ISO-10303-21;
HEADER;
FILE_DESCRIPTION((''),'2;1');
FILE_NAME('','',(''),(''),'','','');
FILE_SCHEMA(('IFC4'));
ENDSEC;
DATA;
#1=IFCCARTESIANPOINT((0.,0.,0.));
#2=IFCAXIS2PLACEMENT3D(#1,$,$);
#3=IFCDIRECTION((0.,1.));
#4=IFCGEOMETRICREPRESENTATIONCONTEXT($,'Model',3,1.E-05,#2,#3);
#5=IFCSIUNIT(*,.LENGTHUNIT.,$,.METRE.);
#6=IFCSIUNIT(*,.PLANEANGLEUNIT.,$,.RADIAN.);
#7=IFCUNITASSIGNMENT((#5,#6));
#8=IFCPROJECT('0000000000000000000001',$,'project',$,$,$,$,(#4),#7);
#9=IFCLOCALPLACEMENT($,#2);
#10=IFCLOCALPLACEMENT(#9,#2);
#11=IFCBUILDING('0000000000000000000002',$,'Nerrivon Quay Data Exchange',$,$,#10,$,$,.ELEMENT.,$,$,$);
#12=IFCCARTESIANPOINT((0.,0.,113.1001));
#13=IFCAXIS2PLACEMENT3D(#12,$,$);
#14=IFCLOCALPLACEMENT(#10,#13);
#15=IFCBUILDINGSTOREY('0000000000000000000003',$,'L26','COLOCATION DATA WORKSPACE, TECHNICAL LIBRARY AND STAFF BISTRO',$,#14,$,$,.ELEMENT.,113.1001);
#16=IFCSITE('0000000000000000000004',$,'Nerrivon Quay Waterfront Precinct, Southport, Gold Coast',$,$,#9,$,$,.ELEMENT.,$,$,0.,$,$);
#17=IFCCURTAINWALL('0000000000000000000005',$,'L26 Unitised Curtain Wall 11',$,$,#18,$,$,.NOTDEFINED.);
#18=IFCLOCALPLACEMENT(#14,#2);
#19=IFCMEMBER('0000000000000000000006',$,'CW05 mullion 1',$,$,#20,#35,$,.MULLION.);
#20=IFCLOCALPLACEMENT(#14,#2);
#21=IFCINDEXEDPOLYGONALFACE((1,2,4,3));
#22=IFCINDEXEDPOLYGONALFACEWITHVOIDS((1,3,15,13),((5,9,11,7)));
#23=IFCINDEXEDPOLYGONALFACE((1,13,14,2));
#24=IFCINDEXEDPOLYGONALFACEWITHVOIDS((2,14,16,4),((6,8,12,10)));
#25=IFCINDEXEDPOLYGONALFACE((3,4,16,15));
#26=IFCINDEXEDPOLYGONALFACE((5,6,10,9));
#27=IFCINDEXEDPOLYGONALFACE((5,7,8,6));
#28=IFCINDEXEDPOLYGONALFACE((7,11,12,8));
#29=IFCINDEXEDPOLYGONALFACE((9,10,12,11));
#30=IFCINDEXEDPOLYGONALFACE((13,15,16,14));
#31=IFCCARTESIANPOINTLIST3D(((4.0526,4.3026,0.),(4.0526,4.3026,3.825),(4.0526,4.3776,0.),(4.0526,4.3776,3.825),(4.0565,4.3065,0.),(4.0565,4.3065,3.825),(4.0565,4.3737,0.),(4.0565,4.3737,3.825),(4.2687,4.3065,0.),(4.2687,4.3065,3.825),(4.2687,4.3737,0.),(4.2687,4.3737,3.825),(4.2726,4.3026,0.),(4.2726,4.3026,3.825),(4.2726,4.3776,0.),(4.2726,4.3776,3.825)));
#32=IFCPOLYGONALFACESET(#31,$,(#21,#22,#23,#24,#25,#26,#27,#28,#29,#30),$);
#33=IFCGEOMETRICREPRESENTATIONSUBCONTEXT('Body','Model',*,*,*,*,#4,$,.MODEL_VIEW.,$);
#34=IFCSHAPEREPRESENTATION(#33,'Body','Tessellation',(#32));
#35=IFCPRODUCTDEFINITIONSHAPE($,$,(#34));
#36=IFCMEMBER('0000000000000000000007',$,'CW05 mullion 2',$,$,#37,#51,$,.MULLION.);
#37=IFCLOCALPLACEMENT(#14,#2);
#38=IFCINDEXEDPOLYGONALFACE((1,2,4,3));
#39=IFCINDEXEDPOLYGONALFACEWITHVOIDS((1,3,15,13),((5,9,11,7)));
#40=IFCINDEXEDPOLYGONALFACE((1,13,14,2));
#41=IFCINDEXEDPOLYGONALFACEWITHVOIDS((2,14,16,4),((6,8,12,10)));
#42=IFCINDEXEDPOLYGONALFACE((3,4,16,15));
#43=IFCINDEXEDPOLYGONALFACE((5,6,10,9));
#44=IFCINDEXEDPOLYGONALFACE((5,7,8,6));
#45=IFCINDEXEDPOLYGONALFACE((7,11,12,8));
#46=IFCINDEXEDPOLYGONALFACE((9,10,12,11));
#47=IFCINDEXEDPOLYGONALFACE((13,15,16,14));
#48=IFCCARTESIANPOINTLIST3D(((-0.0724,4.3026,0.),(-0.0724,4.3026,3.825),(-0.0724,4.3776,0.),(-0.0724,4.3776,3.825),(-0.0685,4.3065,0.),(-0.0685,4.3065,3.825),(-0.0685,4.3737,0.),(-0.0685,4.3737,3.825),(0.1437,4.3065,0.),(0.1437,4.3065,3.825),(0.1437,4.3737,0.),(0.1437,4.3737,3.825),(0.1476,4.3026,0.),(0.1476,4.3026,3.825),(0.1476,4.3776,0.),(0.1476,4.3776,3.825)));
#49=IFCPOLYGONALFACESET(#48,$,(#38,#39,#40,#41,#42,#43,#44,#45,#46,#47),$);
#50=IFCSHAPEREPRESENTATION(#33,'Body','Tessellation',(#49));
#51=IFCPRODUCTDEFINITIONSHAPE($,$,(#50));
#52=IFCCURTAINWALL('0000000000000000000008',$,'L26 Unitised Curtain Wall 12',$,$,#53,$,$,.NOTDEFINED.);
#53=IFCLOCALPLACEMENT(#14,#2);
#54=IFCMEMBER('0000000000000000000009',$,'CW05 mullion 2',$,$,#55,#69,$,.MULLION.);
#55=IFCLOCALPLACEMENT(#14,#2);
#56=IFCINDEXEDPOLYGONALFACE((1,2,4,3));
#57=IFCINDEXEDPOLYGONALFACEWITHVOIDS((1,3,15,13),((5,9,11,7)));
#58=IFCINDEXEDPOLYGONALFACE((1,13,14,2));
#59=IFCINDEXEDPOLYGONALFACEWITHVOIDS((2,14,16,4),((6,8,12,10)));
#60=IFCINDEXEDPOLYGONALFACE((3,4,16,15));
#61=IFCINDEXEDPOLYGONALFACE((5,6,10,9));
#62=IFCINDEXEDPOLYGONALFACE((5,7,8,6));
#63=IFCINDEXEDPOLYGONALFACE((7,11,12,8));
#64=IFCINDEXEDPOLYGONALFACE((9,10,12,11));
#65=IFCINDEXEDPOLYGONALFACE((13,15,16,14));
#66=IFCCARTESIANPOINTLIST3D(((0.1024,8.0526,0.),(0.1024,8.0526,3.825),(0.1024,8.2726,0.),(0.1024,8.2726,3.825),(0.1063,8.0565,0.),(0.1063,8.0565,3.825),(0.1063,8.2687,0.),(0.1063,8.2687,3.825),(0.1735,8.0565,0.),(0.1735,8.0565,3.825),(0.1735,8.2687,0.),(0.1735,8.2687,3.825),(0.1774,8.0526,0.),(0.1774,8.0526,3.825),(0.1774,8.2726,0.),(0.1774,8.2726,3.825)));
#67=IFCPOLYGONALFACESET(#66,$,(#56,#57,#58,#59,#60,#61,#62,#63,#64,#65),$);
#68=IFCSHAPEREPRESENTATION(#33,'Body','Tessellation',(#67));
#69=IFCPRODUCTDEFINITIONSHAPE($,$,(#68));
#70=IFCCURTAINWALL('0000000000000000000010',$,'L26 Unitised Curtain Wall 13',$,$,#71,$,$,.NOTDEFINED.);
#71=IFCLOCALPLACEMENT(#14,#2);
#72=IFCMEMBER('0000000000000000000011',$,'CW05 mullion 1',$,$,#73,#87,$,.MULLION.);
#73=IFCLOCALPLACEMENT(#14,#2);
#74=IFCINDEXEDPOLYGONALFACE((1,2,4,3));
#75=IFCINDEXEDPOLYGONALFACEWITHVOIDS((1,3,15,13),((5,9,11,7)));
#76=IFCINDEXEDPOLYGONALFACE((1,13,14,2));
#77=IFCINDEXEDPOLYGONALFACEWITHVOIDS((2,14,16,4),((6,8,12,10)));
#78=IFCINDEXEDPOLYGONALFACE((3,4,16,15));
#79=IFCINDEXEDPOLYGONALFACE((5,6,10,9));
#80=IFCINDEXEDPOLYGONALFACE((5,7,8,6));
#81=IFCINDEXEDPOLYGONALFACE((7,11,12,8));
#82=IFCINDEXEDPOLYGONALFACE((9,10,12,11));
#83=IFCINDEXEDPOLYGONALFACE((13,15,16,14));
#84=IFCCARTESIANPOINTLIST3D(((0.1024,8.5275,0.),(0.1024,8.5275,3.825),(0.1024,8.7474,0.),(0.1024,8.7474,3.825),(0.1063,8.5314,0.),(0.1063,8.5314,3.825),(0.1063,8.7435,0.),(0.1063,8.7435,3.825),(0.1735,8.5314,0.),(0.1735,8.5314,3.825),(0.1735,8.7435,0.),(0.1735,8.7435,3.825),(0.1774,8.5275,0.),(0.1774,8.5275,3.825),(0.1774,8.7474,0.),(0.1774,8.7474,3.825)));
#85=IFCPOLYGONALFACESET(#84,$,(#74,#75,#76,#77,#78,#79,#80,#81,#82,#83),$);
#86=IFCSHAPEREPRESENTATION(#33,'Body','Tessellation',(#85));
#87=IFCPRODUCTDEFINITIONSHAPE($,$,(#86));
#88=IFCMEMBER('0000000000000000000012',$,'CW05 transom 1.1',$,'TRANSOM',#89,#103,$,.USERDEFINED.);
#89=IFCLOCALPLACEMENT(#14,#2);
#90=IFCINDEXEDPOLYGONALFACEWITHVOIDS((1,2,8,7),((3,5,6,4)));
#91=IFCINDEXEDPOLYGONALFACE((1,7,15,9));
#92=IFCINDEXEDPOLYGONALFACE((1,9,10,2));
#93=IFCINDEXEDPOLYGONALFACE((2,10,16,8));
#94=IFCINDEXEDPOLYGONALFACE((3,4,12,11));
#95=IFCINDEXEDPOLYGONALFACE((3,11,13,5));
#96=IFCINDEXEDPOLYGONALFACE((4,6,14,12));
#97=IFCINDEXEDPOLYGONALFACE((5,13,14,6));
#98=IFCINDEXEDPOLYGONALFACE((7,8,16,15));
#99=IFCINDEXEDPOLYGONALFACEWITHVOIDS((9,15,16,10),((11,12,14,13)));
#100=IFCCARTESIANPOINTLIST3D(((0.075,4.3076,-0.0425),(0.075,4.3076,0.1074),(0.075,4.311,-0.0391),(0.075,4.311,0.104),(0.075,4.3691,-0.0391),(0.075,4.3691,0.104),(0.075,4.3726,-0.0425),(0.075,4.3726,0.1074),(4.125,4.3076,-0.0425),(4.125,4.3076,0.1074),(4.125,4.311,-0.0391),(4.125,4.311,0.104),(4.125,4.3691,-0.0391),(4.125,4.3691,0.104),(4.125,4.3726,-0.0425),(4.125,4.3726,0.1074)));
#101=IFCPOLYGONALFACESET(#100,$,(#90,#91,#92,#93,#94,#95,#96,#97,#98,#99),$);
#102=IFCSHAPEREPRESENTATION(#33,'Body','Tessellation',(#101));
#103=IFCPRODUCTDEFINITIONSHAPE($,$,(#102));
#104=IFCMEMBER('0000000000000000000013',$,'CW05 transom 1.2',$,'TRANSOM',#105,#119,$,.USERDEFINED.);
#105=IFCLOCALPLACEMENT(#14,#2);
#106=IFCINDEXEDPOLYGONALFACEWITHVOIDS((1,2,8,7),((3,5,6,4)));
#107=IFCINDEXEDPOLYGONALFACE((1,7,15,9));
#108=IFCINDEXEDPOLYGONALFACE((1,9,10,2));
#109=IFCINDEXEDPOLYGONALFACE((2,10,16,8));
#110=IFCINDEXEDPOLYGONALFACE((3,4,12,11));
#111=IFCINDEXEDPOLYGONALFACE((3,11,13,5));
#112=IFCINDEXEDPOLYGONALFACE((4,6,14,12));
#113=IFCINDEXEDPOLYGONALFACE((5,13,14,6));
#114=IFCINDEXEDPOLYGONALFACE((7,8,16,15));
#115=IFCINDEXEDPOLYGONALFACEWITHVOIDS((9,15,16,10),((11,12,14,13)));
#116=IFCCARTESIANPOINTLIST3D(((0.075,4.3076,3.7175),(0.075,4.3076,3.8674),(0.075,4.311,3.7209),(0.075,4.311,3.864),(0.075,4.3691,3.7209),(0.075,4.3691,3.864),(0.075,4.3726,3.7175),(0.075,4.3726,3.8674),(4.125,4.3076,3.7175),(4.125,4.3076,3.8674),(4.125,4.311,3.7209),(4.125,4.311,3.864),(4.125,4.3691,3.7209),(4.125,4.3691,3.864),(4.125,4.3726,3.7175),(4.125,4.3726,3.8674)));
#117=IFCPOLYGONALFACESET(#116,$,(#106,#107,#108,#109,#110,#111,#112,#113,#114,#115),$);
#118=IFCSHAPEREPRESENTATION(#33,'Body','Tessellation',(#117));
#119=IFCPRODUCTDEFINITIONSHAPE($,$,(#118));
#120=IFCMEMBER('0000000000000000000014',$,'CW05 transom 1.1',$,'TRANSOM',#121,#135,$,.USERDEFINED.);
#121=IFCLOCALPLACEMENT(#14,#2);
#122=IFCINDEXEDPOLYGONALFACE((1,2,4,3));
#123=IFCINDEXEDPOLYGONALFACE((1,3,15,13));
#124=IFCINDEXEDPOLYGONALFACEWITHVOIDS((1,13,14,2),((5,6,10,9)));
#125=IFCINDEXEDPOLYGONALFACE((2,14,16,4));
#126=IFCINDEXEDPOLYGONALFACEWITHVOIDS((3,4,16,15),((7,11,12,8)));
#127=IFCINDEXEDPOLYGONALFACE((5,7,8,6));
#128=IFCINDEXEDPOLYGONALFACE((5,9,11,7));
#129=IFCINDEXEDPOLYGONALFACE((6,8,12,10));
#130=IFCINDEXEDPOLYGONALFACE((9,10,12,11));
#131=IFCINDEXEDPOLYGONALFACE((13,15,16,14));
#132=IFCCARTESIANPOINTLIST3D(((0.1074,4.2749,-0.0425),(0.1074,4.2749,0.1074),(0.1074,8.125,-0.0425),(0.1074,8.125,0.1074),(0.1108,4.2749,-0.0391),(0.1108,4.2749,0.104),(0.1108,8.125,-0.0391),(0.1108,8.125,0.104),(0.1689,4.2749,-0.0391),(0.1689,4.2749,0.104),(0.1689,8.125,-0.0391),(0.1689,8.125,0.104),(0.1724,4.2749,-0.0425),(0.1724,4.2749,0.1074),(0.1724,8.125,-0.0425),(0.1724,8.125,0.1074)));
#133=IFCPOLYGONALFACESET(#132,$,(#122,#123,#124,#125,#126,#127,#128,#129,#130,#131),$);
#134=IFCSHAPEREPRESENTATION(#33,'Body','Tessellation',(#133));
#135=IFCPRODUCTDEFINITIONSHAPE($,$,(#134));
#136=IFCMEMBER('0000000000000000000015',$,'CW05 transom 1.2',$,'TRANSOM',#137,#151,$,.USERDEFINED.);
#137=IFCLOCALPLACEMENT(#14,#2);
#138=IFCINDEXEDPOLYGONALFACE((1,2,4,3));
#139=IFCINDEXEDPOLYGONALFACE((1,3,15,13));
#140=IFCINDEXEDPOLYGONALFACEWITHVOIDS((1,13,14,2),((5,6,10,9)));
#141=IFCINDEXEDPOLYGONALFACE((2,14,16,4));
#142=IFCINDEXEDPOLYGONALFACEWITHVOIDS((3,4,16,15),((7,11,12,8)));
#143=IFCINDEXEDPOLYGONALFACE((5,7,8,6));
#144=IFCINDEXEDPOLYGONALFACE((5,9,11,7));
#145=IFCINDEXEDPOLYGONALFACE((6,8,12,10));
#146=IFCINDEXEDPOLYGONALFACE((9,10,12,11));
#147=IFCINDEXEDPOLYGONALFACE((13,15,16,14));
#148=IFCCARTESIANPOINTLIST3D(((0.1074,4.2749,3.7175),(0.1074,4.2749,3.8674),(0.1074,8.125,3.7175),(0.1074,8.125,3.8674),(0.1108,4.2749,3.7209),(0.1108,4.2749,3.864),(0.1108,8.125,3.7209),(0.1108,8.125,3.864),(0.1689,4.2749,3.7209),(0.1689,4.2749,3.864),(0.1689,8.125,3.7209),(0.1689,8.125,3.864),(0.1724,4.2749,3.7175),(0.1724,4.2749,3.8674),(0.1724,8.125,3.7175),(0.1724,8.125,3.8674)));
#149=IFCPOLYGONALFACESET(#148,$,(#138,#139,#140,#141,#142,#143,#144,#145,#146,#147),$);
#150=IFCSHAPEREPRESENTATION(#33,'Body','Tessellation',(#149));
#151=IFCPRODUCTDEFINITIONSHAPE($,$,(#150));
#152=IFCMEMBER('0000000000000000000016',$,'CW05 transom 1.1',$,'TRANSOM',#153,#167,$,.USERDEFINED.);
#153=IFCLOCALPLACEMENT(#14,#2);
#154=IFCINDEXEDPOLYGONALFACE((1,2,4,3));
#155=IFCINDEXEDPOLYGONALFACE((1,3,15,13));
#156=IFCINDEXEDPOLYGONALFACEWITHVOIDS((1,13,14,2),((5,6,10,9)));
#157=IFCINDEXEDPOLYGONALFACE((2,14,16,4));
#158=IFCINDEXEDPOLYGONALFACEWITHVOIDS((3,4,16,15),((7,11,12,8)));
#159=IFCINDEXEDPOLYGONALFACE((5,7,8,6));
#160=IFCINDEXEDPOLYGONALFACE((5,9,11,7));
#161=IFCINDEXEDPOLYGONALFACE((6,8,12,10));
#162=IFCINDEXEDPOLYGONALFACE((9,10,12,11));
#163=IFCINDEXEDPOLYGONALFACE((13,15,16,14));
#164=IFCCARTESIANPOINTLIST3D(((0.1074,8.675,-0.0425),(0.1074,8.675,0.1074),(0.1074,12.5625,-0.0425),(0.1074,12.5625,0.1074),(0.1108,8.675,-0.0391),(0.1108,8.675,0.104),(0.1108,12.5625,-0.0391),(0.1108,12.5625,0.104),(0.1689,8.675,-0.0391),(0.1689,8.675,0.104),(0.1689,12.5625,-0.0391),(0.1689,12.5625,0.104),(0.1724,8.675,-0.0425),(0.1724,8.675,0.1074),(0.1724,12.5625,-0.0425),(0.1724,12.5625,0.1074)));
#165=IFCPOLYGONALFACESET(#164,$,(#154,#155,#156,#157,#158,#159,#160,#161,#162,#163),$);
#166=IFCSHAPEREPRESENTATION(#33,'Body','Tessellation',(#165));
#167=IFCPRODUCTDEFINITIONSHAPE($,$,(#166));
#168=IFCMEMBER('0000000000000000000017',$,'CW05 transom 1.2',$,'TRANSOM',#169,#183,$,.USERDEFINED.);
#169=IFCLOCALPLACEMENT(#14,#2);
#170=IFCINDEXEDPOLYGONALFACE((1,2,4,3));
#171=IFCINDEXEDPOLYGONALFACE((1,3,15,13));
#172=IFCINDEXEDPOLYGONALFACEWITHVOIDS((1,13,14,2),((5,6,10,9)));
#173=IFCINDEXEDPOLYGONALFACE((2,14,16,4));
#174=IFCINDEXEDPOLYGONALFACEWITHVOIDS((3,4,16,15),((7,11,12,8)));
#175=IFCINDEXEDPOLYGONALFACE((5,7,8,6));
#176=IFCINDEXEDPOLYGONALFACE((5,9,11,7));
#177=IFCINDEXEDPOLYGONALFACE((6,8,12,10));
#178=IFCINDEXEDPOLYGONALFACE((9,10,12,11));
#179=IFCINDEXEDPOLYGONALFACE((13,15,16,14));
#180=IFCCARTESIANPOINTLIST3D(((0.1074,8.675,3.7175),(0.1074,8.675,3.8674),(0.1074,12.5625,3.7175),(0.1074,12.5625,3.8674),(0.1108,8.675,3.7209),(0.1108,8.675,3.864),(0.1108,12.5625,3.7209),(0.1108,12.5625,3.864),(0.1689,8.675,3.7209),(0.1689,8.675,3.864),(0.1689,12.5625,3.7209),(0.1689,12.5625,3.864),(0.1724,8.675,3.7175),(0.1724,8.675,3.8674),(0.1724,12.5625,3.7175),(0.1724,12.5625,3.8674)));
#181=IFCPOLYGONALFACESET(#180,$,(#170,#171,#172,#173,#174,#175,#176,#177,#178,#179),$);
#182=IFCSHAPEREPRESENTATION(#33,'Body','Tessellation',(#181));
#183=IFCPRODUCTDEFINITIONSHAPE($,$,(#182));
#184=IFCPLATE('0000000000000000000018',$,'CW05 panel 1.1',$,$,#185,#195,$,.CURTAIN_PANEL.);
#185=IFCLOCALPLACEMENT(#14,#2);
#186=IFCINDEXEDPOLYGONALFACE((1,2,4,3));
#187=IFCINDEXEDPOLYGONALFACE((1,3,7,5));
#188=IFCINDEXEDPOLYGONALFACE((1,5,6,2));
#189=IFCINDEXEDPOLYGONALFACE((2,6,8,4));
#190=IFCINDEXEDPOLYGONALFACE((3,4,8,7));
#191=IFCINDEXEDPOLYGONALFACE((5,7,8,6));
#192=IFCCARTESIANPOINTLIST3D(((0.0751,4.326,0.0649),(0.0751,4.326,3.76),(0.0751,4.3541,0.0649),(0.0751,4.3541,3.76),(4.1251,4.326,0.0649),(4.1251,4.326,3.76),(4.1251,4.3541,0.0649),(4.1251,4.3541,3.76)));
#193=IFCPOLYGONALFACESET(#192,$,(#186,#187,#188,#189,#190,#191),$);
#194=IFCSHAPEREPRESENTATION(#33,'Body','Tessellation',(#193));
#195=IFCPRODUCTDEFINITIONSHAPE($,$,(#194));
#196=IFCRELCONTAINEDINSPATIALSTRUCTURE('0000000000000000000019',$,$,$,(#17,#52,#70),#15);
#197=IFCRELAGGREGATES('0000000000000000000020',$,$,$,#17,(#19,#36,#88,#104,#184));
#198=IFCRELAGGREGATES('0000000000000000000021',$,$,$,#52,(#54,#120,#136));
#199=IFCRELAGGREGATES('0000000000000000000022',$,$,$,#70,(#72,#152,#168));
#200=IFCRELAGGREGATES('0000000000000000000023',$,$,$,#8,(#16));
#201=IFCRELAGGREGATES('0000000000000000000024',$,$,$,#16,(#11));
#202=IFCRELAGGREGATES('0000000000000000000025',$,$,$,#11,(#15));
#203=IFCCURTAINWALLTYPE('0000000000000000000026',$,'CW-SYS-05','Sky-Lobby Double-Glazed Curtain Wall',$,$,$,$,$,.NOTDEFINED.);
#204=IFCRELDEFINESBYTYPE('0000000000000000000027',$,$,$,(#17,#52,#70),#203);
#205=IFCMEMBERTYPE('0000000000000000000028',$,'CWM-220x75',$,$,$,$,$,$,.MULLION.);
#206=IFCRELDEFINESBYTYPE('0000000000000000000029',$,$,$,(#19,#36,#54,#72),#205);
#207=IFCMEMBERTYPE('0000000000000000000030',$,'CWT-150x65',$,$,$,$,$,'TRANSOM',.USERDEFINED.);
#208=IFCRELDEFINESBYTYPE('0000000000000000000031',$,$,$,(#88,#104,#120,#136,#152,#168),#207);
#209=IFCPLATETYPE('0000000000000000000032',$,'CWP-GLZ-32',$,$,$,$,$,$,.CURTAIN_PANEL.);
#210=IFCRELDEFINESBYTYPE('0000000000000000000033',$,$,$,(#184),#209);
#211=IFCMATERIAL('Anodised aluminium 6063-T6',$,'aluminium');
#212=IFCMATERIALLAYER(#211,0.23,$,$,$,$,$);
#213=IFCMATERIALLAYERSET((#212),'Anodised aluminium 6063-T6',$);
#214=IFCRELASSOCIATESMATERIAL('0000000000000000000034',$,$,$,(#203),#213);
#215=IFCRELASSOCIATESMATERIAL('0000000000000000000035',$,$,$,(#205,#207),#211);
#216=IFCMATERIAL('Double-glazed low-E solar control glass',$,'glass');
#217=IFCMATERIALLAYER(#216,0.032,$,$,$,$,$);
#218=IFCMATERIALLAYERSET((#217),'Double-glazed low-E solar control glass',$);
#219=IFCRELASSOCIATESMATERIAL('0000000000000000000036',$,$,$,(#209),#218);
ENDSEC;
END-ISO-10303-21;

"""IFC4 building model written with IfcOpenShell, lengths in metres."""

from ifc_helpers import new_model, si_unit, direction, frame, origin, origin_2d, place, context, subcontext, project, spatial, rectangle, hollow_rectangle, extrude, material, layer, layer_set, material_profile, profile_set, type_object, element, aggregate, save


model = new_model("IFC4")

# Units and contexts
model_context = context("Model", 3, precision=1e-05, world=origin(), true_north=direction((0.0, 1.0)))
body_context = subcontext(model_context, "Body", "Model", "MODEL_VIEW")
ifc_project = project(units=[si_unit("LENGTHUNIT", "METRE"), si_unit("PLANEANGLEUNIT", "RADIAN")], contexts=[model_context])

# Site, building, storey
site_placement = place(None, origin())
site = spatial("IfcSite", under=ifc_project, at=site_placement, Name="Nerrivon Quay Waterfront Precinct, Southport, Gold Coast", CompositionType="ELEMENT", RefElevation=0.0)
building_placement = place(site_placement, origin())
building = spatial("IfcBuilding", under=site, at=building_placement, Name="Nerrivon Quay Data Exchange", CompositionType="ELEMENT")
storey_placement = place(building_placement, frame((0.0, 0.0, 113.1001)))
storey = spatial("IfcBuildingStorey", under=building, at=storey_placement, Name="L26", Description="COLOCATION DATA WORKSPACE, TECHNICAL LIBRARY AND STAFF BISTRO", CompositionType="ELEMENT", Elevation=113.1001)

# Curtain wall, members
ifc_material_1 = material(Name="Anodised aluminium 6063-T6", Category="aluminium")
ifc_layer_1 = layer(ifc_material_1, 0.23)
ifc_layer_set_1 = layer_set([ifc_layer_1], Name="Anodised aluminium 6063-T6")
curtain_wall_type = type_object("IfcCurtainWallType", Name="CW-SYS-05", Description="Sky-Lobby Double-Glazed Curtain Wall", PredefinedType="NOTDEFINED", material=ifc_layer_set_1)
curtain_wall_1_placement = place(storey_placement, origin())
curtain_wall_1 = element("IfcCurtainWall", 1, at=curtain_wall_1_placement, inside=storey, type_object=curtain_wall_type, Name="L26 Unitised Curtain Wall 11", PredefinedType="NOTDEFINED")
ifc_material_profile_1 = material_profile(ifc_material_1, hollow_rectangle(XDim=0.075, YDim=0.22, WallThickness=0.0039, at=origin_2d()), Name="ALU-MULL-220x75")
ifc_profile_set_1 = profile_set([ifc_material_profile_1], Name="Anodised aluminium 6063-T6")
member_type_1 = type_object("IfcMemberType", Name="CWM-220x75", PredefinedType="MULLION", material=ifc_profile_set_1)
member_1_placement = place(storey_placement, frame((4.1626, 4.3401, 0.0), z_axis=(0.0, 0.0, 1.0), x_axis=(0.0, -1.0, 0.0)))
member_1 = element("IfcMember", 2, at=member_1_placement, type_object=member_type_1, Name="CW05 mullion 1", PredefinedType="MULLION", context=body_context, shape_type="SweptSolid", body=[
    extrude(hollow_rectangle(XDim=0.075, YDim=0.22, WallThickness=0.0039, at=origin_2d()), origin(), (0.0, 0.0, 1.0), 3.825),
])
member_2_placement = place(storey_placement, frame((0.0376, 4.3401, 0.0), z_axis=(0.0, 0.0, 1.0), x_axis=(0.0, -1.0, 0.0)))
member_2 = element("IfcMember", 3, at=member_2_placement, type_object=member_type_1, Name="CW05 mullion 2", PredefinedType="MULLION", context=body_context, shape_type="SweptSolid", body=[
    extrude(hollow_rectangle(XDim=0.075, YDim=0.22, WallThickness=0.0039, at=origin_2d()), origin(), (0.0, 0.0, 1.0), 3.825),
])

# Curtain walls, members
curtain_wall_2_placement = place(storey_placement, origin())
curtain_wall_2 = element("IfcCurtainWall", 4, at=curtain_wall_2_placement, inside=storey, type_object=curtain_wall_type, Name="L26 Unitised Curtain Wall 12", PredefinedType="NOTDEFINED")
member_3_placement = place(storey_placement, frame((0.1399, 8.1626, 0.0), z_axis=(0.0, 0.0, 1.0), x_axis=(-1.0, 0.0, 0.0)))
member_3 = element("IfcMember", 5, at=member_3_placement, type_object=member_type_1, Name="CW05 mullion 2", PredefinedType="MULLION", context=body_context, shape_type="SweptSolid", body=[
    extrude(hollow_rectangle(XDim=0.075, YDim=0.22, WallThickness=0.0039, at=origin_2d()), origin(), (0.0, 0.0, 1.0), 3.825),
])
curtain_wall_3_placement = place(storey_placement, origin())
curtain_wall_3 = element("IfcCurtainWall", 6, at=curtain_wall_3_placement, inside=storey, type_object=curtain_wall_type, Name="L26 Unitised Curtain Wall 13", PredefinedType="NOTDEFINED")
member_4_placement = place(storey_placement, frame((0.1399, 8.6375, 0.0), z_axis=(0.0, 0.0, 1.0), x_axis=(-1.0, 0.0, 0.0)))
member_4 = element("IfcMember", 7, at=member_4_placement, type_object=member_type_1, Name="CW05 mullion 1", PredefinedType="MULLION", context=body_context, shape_type="SweptSolid", body=[
    extrude(hollow_rectangle(XDim=0.075, YDim=0.22, WallThickness=0.0039, at=origin_2d()), origin(), (0.0, 0.0, 1.0), 3.825),
])

# Members
ifc_material_profile_2 = material_profile(ifc_material_1, hollow_rectangle(XDim=0.0649, YDim=0.1499, WallThickness=0.0034, at=origin_2d()), Name="ALU-TRAN-150x65")
ifc_profile_set_2 = profile_set([ifc_material_profile_2], Name="Anodised aluminium 6063-T6")
member_type_2 = type_object("IfcMemberType", Name="CWT-150x65", ElementType="TRANSOM", PredefinedType="USERDEFINED", material=ifc_profile_set_2)
member_5_placement = place(storey_placement, frame((4.125, 4.3401, 0.0325), z_axis=(-1.0, 0.0, 0.0), x_axis=(0.0, -1.0, 0.0)))
member_5 = element("IfcMember", 8, at=member_5_placement, type_object=member_type_2, Name="CW05 transom 1.1", ObjectType="TRANSOM", PredefinedType="USERDEFINED", context=body_context, shape_type="SweptSolid", body=[
    extrude(hollow_rectangle(XDim=0.0649, YDim=0.1499, WallThickness=0.0034, at=origin_2d()), origin(), (0.0, 0.0, 1.0), 4.05),
])
member_6_placement = place(storey_placement, frame((4.125, 4.3401, 3.7925), z_axis=(-1.0, 0.0, 0.0), x_axis=(0.0, -1.0, 0.0)))
member_6 = element("IfcMember", 9, at=member_6_placement, type_object=member_type_2, Name="CW05 transom 1.2", ObjectType="TRANSOM", PredefinedType="USERDEFINED", context=body_context, shape_type="SweptSolid", body=[
    extrude(hollow_rectangle(XDim=0.0649, YDim=0.1499, WallThickness=0.0034, at=origin_2d()), origin(), (0.0, 0.0, 1.0), 4.05),
])
member_7_placement = place(storey_placement, frame((0.1399, 4.2749, 0.0325), z_axis=(0.0, 1.0, 0.0), x_axis=(-1.0, 0.0, 0.0)))
member_7 = element("IfcMember", 10, at=member_7_placement, type_object=member_type_2, Name="CW05 transom 1.1", ObjectType="TRANSOM", PredefinedType="USERDEFINED", context=body_context, shape_type="SweptSolid", body=[
    extrude(hollow_rectangle(XDim=0.0649, YDim=0.1499, WallThickness=0.0034, at=origin_2d()), origin(), (0.0, 0.0, 1.0), 3.8501),
])
member_8_placement = place(storey_placement, frame((0.1399, 4.2749, 3.7925), z_axis=(0.0, 1.0, 0.0), x_axis=(-1.0, 0.0, 0.0)))
member_8 = element("IfcMember", 11, at=member_8_placement, type_object=member_type_2, Name="CW05 transom 1.2", ObjectType="TRANSOM", PredefinedType="USERDEFINED", context=body_context, shape_type="SweptSolid", body=[
    extrude(hollow_rectangle(XDim=0.0649, YDim=0.1499, WallThickness=0.0034, at=origin_2d()), origin(), (0.0, 0.0, 1.0), 3.8501),
])
member_9_placement = place(storey_placement, frame((0.1399, 8.675, 0.0325), z_axis=(0.0, 1.0, 0.0), x_axis=(-1.0, 0.0, 0.0)))
member_9 = element("IfcMember", 12, at=member_9_placement, type_object=member_type_2, Name="CW05 transom 1.1", ObjectType="TRANSOM", PredefinedType="USERDEFINED", context=body_context, shape_type="SweptSolid", body=[
    extrude(hollow_rectangle(XDim=0.0649, YDim=0.1499, WallThickness=0.0034, at=origin_2d()), origin(), (0.0, 0.0, 1.0), 3.8875),
])
member_10_placement = place(storey_placement, frame((0.1399, 8.675, 3.7925), z_axis=(0.0, 1.0, 0.0), x_axis=(-1.0, 0.0, 0.0)))
member_10 = element("IfcMember", 13, at=member_10_placement, type_object=member_type_2, Name="CW05 transom 1.2", ObjectType="TRANSOM", PredefinedType="USERDEFINED", context=body_context, shape_type="SweptSolid", body=[
    extrude(hollow_rectangle(XDim=0.0649, YDim=0.1499, WallThickness=0.0034, at=origin_2d()), origin(), (0.0, 0.0, 1.0), 3.8875),
])

# Plate
ifc_material_2 = material(Name="Double-glazed low-E solar control glass", Category="glass")
ifc_layer_2 = layer(ifc_material_2, 0.032)
ifc_layer_set_2 = layer_set([ifc_layer_2], Name="Double-glazed low-E solar control glass")
plate_type = type_object("IfcPlateType", Name="CWP-GLZ-32", PredefinedType="CURTAIN_PANEL", material=ifc_layer_set_2)
plate_1_placement = place(storey_placement, frame((2.1001, 4.3401, 0.0649), z_axis=(0.0, 0.0, 1.0), x_axis=(-1.0, 0.0, 0.0)))
plate_1 = element("IfcPlate", 14, at=plate_1_placement, type_object=plate_type, Name="CW05 panel 1.1", PredefinedType="CURTAIN_PANEL", context=body_context, shape_type="SweptSolid", body=[
    extrude(rectangle(XDim=4.05, YDim=0.0281, at=origin_2d()), origin(), (0.0, 0.0, 1.0), 3.6951),
])
aggregate(curtain_wall_1, [member_1, member_2, member_5, member_6, plate_1])
aggregate(curtain_wall_2, [member_3, member_7, member_8])
aggregate(curtain_wall_3, [member_4, member_9, member_10])

save(model, "model.ifc")
